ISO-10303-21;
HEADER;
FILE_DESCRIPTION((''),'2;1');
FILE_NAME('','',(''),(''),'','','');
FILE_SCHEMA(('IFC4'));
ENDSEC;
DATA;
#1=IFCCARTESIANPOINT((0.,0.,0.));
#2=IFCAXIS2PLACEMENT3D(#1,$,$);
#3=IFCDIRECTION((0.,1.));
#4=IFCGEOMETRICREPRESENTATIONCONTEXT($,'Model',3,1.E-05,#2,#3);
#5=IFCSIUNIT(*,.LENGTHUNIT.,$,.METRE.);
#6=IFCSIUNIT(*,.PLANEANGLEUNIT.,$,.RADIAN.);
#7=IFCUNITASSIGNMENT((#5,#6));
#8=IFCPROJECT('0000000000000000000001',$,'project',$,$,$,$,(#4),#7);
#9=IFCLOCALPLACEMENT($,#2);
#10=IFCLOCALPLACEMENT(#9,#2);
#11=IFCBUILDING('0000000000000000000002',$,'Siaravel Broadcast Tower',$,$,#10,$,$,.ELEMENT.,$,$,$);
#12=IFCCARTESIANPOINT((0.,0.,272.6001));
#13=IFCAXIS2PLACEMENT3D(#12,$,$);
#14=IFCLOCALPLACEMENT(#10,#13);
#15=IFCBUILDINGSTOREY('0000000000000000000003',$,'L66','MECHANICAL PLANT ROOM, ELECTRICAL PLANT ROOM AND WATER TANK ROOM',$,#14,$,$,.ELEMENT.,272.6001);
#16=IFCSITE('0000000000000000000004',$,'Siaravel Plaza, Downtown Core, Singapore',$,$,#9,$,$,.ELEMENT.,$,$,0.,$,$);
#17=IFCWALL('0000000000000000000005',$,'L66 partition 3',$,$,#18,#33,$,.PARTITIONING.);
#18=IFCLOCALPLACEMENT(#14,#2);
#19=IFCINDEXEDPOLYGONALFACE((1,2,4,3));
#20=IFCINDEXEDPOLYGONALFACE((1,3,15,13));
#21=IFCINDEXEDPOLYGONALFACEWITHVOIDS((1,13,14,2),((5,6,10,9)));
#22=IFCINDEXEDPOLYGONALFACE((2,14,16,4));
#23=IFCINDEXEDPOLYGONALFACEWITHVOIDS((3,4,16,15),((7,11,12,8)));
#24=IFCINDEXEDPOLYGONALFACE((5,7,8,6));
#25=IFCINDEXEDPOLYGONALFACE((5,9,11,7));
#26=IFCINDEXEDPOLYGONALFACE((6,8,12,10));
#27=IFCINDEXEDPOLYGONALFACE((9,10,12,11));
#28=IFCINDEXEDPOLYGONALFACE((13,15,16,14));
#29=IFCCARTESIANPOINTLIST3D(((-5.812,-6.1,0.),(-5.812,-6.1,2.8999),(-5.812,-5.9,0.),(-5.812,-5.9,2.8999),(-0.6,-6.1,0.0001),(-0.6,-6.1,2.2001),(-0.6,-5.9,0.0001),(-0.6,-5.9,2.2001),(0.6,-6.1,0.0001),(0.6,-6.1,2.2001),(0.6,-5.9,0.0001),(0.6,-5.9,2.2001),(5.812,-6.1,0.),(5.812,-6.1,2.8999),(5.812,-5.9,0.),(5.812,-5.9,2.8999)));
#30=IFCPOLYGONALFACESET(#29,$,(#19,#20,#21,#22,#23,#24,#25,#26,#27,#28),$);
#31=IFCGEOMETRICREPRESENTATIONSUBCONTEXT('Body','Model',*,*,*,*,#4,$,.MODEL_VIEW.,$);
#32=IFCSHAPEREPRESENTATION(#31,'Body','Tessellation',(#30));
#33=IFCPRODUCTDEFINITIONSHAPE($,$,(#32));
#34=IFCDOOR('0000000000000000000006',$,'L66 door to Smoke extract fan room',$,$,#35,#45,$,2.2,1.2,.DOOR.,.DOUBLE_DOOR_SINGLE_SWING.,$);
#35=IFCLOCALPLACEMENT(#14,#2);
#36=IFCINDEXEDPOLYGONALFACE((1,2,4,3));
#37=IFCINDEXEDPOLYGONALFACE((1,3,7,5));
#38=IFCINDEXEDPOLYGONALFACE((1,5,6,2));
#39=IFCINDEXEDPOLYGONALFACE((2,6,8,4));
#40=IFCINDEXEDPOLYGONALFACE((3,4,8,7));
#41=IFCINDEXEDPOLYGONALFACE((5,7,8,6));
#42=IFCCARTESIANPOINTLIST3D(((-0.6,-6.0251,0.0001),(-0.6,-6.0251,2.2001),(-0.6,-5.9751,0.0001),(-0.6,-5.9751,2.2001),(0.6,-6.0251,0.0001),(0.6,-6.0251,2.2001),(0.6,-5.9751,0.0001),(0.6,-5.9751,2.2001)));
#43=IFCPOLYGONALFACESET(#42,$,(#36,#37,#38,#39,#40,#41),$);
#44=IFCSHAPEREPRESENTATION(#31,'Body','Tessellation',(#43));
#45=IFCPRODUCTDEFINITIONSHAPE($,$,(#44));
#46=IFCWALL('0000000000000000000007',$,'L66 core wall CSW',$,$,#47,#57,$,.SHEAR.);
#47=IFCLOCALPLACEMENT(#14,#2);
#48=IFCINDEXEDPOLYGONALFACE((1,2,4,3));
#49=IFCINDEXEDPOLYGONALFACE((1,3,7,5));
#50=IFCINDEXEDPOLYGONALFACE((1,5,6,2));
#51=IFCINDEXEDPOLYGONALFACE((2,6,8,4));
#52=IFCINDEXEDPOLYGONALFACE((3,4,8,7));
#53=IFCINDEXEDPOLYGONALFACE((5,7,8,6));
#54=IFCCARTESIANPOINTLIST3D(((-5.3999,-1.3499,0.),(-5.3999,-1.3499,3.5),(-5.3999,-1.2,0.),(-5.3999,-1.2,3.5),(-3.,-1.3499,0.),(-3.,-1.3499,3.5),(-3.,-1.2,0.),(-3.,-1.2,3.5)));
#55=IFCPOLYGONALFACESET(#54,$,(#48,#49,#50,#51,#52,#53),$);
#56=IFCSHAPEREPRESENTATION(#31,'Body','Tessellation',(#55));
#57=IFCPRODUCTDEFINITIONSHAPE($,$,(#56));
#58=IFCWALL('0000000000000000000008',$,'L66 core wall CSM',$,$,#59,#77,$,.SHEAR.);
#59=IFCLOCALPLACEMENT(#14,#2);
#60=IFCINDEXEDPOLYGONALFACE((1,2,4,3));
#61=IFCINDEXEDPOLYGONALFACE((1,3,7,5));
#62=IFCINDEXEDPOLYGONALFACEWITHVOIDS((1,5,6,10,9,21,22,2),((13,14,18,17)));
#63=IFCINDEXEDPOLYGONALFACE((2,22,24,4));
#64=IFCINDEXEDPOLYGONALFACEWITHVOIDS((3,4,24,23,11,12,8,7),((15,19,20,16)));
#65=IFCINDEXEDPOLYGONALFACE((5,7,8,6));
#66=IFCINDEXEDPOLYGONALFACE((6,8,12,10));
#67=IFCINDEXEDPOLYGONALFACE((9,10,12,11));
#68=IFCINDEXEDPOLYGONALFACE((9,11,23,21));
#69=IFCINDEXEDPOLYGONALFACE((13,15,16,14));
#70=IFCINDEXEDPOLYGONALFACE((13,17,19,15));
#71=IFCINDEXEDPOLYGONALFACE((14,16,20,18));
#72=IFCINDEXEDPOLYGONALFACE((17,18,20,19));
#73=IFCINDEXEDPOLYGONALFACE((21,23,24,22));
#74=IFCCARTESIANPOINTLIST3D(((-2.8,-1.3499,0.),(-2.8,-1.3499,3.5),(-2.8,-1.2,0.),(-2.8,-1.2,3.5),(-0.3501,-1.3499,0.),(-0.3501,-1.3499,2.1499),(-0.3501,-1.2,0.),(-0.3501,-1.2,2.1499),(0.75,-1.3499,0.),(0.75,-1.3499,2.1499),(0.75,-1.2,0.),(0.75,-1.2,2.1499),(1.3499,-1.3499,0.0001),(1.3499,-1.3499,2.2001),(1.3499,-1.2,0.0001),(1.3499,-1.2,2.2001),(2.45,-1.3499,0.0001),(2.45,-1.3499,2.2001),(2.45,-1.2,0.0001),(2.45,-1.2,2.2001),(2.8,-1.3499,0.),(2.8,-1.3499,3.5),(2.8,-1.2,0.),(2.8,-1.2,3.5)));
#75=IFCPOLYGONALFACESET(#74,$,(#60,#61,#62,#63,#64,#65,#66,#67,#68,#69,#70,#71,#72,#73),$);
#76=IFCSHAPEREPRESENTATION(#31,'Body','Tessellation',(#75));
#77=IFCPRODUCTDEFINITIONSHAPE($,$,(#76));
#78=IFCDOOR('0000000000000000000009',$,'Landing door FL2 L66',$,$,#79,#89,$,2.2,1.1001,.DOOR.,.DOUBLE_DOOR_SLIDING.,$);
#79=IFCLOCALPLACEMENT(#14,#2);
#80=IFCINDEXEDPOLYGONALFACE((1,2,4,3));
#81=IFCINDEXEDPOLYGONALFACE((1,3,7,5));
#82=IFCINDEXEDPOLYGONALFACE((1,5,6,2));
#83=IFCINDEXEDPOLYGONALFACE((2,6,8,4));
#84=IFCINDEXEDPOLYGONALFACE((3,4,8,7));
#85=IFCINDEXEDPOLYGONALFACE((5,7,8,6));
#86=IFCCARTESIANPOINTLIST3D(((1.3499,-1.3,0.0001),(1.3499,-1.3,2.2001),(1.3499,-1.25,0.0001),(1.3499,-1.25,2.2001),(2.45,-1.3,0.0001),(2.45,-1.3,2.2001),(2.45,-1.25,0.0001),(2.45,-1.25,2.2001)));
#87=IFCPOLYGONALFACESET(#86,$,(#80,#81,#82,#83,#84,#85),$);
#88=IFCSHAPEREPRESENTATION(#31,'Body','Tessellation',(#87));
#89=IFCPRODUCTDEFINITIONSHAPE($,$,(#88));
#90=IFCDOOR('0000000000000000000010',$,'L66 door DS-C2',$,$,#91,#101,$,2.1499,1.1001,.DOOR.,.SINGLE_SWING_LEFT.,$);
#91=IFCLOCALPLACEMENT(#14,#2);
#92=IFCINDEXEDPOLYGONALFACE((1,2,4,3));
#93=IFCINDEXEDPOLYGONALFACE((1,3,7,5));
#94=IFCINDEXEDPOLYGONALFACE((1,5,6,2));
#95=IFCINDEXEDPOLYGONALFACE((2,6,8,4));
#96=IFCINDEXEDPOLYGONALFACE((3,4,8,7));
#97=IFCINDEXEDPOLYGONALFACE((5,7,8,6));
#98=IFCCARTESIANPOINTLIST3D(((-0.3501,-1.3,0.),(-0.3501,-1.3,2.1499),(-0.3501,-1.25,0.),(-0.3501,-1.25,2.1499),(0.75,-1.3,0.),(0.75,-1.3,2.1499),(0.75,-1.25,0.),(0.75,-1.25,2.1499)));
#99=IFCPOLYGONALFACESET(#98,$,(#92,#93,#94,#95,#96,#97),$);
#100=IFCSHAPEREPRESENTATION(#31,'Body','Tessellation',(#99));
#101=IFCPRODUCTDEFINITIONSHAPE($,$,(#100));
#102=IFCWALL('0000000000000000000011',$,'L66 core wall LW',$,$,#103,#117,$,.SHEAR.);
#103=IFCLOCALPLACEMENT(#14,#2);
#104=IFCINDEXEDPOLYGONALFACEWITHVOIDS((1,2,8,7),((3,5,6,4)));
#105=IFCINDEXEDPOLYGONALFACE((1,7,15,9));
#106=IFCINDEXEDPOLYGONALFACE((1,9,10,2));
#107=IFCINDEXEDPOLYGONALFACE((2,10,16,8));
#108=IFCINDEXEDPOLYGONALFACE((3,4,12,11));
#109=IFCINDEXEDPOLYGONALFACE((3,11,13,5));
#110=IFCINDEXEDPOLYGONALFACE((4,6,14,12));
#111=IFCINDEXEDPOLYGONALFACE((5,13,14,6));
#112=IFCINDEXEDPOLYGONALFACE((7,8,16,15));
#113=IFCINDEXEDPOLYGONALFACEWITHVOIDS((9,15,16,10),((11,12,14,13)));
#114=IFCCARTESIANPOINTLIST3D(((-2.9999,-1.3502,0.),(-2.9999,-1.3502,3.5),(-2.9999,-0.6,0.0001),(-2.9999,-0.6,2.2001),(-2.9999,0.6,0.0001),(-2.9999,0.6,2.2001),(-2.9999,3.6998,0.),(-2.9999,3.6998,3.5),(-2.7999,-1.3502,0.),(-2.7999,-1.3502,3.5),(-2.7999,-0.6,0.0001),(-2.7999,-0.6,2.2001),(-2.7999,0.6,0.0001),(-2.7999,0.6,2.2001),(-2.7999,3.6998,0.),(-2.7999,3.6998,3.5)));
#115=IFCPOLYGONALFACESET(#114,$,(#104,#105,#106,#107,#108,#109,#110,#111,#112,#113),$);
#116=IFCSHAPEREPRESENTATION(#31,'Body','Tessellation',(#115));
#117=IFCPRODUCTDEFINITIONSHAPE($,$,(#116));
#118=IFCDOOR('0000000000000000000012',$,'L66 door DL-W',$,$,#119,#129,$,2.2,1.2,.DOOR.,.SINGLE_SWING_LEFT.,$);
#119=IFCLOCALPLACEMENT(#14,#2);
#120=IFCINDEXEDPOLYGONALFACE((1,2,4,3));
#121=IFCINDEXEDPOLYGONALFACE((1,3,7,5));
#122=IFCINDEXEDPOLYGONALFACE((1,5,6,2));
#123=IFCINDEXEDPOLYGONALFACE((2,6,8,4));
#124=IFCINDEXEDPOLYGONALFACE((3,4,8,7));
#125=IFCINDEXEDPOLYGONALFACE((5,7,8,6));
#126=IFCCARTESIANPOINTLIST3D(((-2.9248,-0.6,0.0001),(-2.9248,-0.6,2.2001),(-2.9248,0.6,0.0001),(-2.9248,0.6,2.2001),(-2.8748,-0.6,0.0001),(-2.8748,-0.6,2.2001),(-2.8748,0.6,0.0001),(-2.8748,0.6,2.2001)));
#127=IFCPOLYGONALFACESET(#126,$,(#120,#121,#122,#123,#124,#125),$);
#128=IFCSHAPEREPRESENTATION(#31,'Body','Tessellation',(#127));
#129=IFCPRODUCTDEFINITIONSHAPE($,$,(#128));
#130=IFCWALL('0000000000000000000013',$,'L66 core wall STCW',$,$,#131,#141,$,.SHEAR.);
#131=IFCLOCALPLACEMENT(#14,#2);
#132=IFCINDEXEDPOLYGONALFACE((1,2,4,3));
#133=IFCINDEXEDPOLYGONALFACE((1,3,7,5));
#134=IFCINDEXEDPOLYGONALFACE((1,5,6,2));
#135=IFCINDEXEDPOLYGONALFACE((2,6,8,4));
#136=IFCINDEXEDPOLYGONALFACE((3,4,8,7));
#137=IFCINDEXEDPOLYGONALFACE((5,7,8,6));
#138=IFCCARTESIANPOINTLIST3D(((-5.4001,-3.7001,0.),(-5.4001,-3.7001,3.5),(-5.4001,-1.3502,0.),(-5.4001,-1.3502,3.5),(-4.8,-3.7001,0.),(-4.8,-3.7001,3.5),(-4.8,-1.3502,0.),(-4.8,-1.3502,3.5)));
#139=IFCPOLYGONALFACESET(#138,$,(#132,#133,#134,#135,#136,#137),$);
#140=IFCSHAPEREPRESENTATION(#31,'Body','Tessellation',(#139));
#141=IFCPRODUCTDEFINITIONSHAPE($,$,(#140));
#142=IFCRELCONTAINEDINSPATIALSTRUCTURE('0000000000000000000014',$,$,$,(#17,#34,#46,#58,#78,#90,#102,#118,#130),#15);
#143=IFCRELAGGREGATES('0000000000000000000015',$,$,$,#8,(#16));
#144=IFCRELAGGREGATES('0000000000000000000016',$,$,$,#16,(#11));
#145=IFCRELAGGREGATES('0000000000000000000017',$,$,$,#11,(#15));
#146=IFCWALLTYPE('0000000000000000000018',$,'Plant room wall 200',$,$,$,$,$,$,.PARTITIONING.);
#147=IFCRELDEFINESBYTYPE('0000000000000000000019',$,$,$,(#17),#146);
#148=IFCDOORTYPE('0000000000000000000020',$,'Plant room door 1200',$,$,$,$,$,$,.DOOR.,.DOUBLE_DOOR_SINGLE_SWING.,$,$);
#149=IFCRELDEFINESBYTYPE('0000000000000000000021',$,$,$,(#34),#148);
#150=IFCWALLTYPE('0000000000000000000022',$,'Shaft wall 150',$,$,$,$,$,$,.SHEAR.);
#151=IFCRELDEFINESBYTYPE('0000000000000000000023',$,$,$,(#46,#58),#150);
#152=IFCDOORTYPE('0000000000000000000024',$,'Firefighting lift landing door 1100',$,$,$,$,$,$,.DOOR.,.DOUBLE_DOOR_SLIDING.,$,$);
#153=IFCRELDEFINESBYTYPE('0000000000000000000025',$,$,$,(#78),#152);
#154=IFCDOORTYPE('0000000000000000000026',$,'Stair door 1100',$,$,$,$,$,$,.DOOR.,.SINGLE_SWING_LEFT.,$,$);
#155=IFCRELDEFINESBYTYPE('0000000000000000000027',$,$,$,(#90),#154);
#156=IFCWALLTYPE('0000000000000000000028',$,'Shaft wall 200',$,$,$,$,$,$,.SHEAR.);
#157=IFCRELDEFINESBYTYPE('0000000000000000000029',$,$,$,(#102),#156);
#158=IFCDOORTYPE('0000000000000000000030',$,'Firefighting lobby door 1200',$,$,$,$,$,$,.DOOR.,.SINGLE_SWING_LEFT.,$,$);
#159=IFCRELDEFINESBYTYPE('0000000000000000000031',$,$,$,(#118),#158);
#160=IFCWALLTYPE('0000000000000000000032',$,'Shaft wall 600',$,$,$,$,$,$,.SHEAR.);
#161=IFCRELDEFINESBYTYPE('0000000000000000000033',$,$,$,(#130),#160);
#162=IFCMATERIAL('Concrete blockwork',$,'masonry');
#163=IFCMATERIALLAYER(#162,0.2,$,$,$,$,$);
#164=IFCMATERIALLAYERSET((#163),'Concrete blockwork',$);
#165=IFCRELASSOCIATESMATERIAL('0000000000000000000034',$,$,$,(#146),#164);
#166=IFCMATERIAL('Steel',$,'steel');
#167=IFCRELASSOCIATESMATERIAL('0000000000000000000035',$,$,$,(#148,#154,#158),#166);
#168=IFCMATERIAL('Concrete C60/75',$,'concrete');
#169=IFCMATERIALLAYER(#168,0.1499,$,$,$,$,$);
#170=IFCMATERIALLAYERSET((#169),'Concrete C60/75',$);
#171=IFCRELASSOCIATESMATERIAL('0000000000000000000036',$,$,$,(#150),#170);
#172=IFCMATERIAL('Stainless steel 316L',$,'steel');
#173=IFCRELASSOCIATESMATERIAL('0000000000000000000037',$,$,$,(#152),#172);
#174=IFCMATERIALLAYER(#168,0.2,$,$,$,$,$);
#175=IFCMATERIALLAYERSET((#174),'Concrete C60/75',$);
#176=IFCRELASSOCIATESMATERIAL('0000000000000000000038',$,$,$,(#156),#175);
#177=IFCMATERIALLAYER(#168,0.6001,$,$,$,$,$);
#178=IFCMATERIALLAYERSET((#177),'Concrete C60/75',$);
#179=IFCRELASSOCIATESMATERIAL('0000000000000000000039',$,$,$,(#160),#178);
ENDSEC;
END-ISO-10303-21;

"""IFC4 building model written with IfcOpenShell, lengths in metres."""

from ifc_helpers import new_model, si_unit, direction, frame, frame_2d, origin, place, context, subcontext, project, spatial, rectangle, extrude, material, layer, layer_set, type_object, element, fill, save


model = new_model("IFC4")

# Units and contexts
model_context = context("Model", 3, precision=1e-05, world=origin(), true_north=direction((0.0, 1.0)))
body_context = subcontext(model_context, "Body", "Model", "MODEL_VIEW")
ifc_project = project(units=[si_unit("LENGTHUNIT", "METRE"), si_unit("PLANEANGLEUNIT", "RADIAN")], contexts=[model_context])

# Site, building, storey
site_placement = place(None, origin())
site = spatial("IfcSite", under=ifc_project, at=site_placement, Name="Siaravel Plaza, Downtown Core, Singapore", CompositionType="ELEMENT", RefElevation=0.0)
building_placement = place(site_placement, origin())
building = spatial("IfcBuilding", under=site, at=building_placement, Name="Siaravel Broadcast Tower", CompositionType="ELEMENT")
storey_placement = place(building_placement, frame((0.0, 0.0, 272.6001)))
storey = spatial("IfcBuildingStorey", under=building, at=storey_placement, Name="L66", Description="MECHANICAL PLANT ROOM, ELECTRICAL PLANT ROOM AND WATER TANK ROOM", CompositionType="ELEMENT", Elevation=272.6001)

# Shared definitions
ifc_material_1 = material(Name="Concrete C60/75", Category="concrete")
ifc_material_2 = material(Name="Steel", Category="steel")

# Wall, opening, door
ifc_material_3 = material(Name="Concrete blockwork", Category="masonry")
ifc_layer_1 = layer(ifc_material_3, 0.2)
ifc_layer_set_1 = layer_set([ifc_layer_1], Name="Concrete blockwork")
wall_type_1 = type_object("IfcWallType", Name="Plant room wall 200", PredefinedType="PARTITIONING", material=ifc_layer_set_1)
wall_1_placement = place(storey_placement, frame((-5.812, -6.0, 0.0), z_axis=(0.0, 0.0, 1.0), x_axis=(1.0, 0.0, 0.0)))
wall_1 = element("IfcWall", 1, at=wall_1_placement, inside=storey, type_object=wall_type_1, Name="L66 partition 3", PredefinedType="PARTITIONING", context=body_context, shape_type="SweptSolid", body=[
    extrude(rectangle(XDim=11.624, YDim=0.2, at=frame_2d((5.812, 0.0))), origin(), (0.0, 0.0, 1.0), 2.8999),
])
opening_1_placement = place(wall_1_placement, frame((5.2119, 0.0, 0.0)))
opening_1 = element("IfcOpeningElement", 2, at=opening_1_placement, cuts=wall_1, PredefinedType="OPENING", context=body_context, shape_type="SweptSolid", body=[
    extrude(rectangle(XDim=1.2, YDim=2.2, at=frame_2d((0.6001, 1.1001))), frame((0.0, 0.1099, 0.0), z_axis=(0.0, -1.0, 0.0), x_axis=(1.0, 0.0, 0.0)), (0.0, 0.0, 1.0), 0.22),
])
door_type_1 = type_object("IfcDoorType", Name="Plant room door 1200", OperationType="DOUBLE_DOOR_SINGLE_SWING", PredefinedType="DOOR", material=ifc_material_2)
door_1_placement = place(opening_1_placement, origin())
door_1 = element("IfcDoor", 3, at=door_1_placement, inside=storey, type_object=door_type_1, Name="L66 door to Smoke extract fan room", OperationType="DOUBLE_DOOR_SINGLE_SWING", OverallHeight=2.2, OverallWidth=1.2, PredefinedType="DOOR", context=body_context, shape_type="SweptSolid", body=[
    extrude(rectangle(XDim=1.2, YDim=2.2, at=frame_2d((0.6001, 1.1001))), frame((0.0, 0.0249, 0.0), z_axis=(0.0, -1.0, 0.0), x_axis=(1.0, 0.0, 0.0)), (0.0, 0.0, 1.0), 0.05),
])
fill(opening_1, door_1)

# Wall
ifc_layer_2 = layer(ifc_material_1, 0.1499)
ifc_layer_set_2 = layer_set([ifc_layer_2], Name="Concrete C60/75")
wall_type_2 = type_object("IfcWallType", Name="Shaft wall 150", PredefinedType="SHEAR", material=ifc_layer_set_2)
wall_2_placement = place(storey_placement, frame((-5.3999, -1.2749, 0.0), z_axis=(0.0, 0.0, 1.0), x_axis=(1.0, 0.0, 0.0)))
element("IfcWall", 4, at=wall_2_placement, inside=storey, type_object=wall_type_2, Name="L66 core wall CSW", PredefinedType="SHEAR", context=body_context, shape_type="SweptSolid", body=[
    extrude(rectangle(XDim=2.3999, YDim=0.1499, at=frame_2d((1.2, 0.0))), origin(), (0.0, 0.0, 1.0), 3.5),
])

# Wall, openings, doors
wall_3_placement = place(storey_placement, frame((-2.8, -1.2749, 0.0), z_axis=(0.0, 0.0, 1.0), x_axis=(1.0, 0.0, 0.0)))
wall_3 = element("IfcWall", 5, at=wall_3_placement, inside=storey, type_object=wall_type_2, Name="L66 core wall CSM", PredefinedType="SHEAR", context=body_context, shape_type="SweptSolid", body=[
    extrude(rectangle(XDim=5.6001, YDim=0.1499, at=frame_2d((2.8, 0.0))), origin(), (0.0, 0.0, 1.0), 3.5),
])
opening_2_placement = place(wall_3_placement, frame((4.1499, 0.0, 0.0)))
opening_2 = element("IfcOpeningElement", 6, at=opening_2_placement, cuts=wall_3, PredefinedType="OPENING", context=body_context, shape_type="SweptSolid", body=[
    extrude(rectangle(XDim=1.1001, YDim=2.2, at=frame_2d((0.55, 1.1001))), frame((0.0, 0.085, 0.0), z_axis=(0.0, -1.0, 0.0), x_axis=(1.0, 0.0, 0.0)), (0.0, 0.0, 1.0), 0.1699),
])
opening_3_placement = place(wall_3_placement, frame((2.45, 0.0, 0.0)))
opening_3 = element("IfcOpeningElement", 7, at=opening_3_placement, cuts=wall_3, PredefinedType="OPENING", context=body_context, shape_type="SweptSolid", body=[
    extrude(rectangle(XDim=1.1001, YDim=2.1499, at=frame_2d((0.55, 1.075))), frame((0.0, 0.085, 0.0), z_axis=(0.0, -1.0, 0.0), x_axis=(1.0, 0.0, 0.0)), (0.0, 0.0, 1.0), 0.1699),
])
ifc_material_4 = material(Name="Stainless steel 316L", Category="steel")
door_type_2 = type_object("IfcDoorType", Name="Firefighting lift landing door 1100", OperationType="DOUBLE_DOOR_SLIDING", PredefinedType="DOOR", material=ifc_material_4)
door_2_placement = place(opening_2_placement, origin())
door_2 = element("IfcDoor", 8, at=door_2_placement, inside=storey, type_object=door_type_2, Name="Landing door FL2 L66", OperationType="DOUBLE_DOOR_SLIDING", OverallHeight=2.2, OverallWidth=1.1001, PredefinedType="DOOR", context=body_context, shape_type="SweptSolid", body=[
    extrude(rectangle(XDim=1.1001, YDim=2.2, at=frame_2d((0.55, 1.1001))), frame((0.0, 0.0249, 0.0), z_axis=(0.0, -1.0, 0.0), x_axis=(1.0, 0.0, 0.0)), (0.0, 0.0, 1.0), 0.05),
])
fill(opening_2, door_2)
door_type_3 = type_object("IfcDoorType", Name="Stair door 1100", OperationType="SINGLE_SWING_LEFT", PredefinedType="DOOR", material=ifc_material_2)
door_3_placement = place(opening_3_placement, origin())
door_3 = element("IfcDoor", 9, at=door_3_placement, inside=storey, type_object=door_type_3, Name="L66 door DS-C2", OperationType="SINGLE_SWING_LEFT", OverallHeight=2.1499, OverallWidth=1.1001, PredefinedType="DOOR", context=body_context, shape_type="SweptSolid", body=[
    extrude(rectangle(XDim=1.1001, YDim=2.1499, at=frame_2d((0.55, 1.075))), frame((0.0, 0.0249, 0.0), z_axis=(0.0, -1.0, 0.0), x_axis=(1.0, 0.0, 0.0)), (0.0, 0.0, 1.0), 0.05),
])
fill(opening_3, door_3)

# Wall, opening, door
ifc_layer_3 = layer(ifc_material_1, 0.2)
ifc_layer_set_3 = layer_set([ifc_layer_3], Name="Concrete C60/75")
wall_type_3 = type_object("IfcWallType", Name="Shaft wall 200", PredefinedType="SHEAR", material=ifc_layer_set_3)
wall_4_placement = place(storey_placement, frame((-2.8999, -1.3501, 0.0), z_axis=(0.0, 0.0, 1.0), x_axis=(0.0, 1.0, 0.0)))
wall_4 = element("IfcWall", 10, at=wall_4_placement, inside=storey, type_object=wall_type_3, Name="L66 core wall LW", PredefinedType="SHEAR", context=body_context, shape_type="SweptSolid", body=[
    extrude(rectangle(XDim=5.05, YDim=0.2, at=frame_2d((2.5249, 0.0))), origin(), (0.0, 0.0, 1.0), 3.5),
])
opening_4_placement = place(wall_4_placement, frame((0.75, 0.0, 0.0)))
opening_4 = element("IfcOpeningElement", 11, at=opening_4_placement, cuts=wall_4, PredefinedType="OPENING", context=body_context, shape_type="SweptSolid", body=[
    extrude(rectangle(XDim=1.2, YDim=2.2, at=frame_2d((0.6001, 1.1001))), frame((0.0, 0.1099, 0.0), z_axis=(0.0, -1.0, 0.0), x_axis=(1.0, 0.0, 0.0)), (0.0, 0.0, 1.0), 0.22),
])
door_type_4 = type_object("IfcDoorType", Name="Firefighting lobby door 1200", OperationType="SINGLE_SWING_LEFT", PredefinedType="DOOR", material=ifc_material_2)
door_4_placement = place(opening_4_placement, origin())
door_4 = element("IfcDoor", 12, at=door_4_placement, inside=storey, type_object=door_type_4, Name="L66 door DL-W", OperationType="SINGLE_SWING_LEFT", OverallHeight=2.2, OverallWidth=1.2, PredefinedType="DOOR", context=body_context, shape_type="SweptSolid", body=[
    extrude(rectangle(XDim=1.2, YDim=2.2, at=frame_2d((0.6001, 1.1001))), frame((0.0, 0.0249, 0.0), z_axis=(0.0, -1.0, 0.0), x_axis=(1.0, 0.0, 0.0)), (0.0, 0.0, 1.0), 0.05),
])
fill(opening_4, door_4)

# Wall
ifc_layer_4 = layer(ifc_material_1, 0.6001)
ifc_layer_set_4 = layer_set([ifc_layer_4], Name="Concrete C60/75")
wall_type_4 = type_object("IfcWallType", Name="Shaft wall 600", PredefinedType="SHEAR", material=ifc_layer_set_4)
wall_5_placement = place(storey_placement, frame((-5.1001, -3.7, 0.0), z_axis=(0.0, 0.0, 1.0), x_axis=(0.0, 1.0, 0.0)))
element("IfcWall", 13, at=wall_5_placement, inside=storey, type_object=wall_type_4, Name="L66 core wall STCW", PredefinedType="SHEAR", context=body_context, shape_type="SweptSolid", body=[
    extrude(rectangle(XDim=2.3499, YDim=0.6001, at=frame_2d((1.1748, 0.0))), origin(), (0.0, 0.0, 1.0), 3.5),
])

save(model, "model.ifc")
